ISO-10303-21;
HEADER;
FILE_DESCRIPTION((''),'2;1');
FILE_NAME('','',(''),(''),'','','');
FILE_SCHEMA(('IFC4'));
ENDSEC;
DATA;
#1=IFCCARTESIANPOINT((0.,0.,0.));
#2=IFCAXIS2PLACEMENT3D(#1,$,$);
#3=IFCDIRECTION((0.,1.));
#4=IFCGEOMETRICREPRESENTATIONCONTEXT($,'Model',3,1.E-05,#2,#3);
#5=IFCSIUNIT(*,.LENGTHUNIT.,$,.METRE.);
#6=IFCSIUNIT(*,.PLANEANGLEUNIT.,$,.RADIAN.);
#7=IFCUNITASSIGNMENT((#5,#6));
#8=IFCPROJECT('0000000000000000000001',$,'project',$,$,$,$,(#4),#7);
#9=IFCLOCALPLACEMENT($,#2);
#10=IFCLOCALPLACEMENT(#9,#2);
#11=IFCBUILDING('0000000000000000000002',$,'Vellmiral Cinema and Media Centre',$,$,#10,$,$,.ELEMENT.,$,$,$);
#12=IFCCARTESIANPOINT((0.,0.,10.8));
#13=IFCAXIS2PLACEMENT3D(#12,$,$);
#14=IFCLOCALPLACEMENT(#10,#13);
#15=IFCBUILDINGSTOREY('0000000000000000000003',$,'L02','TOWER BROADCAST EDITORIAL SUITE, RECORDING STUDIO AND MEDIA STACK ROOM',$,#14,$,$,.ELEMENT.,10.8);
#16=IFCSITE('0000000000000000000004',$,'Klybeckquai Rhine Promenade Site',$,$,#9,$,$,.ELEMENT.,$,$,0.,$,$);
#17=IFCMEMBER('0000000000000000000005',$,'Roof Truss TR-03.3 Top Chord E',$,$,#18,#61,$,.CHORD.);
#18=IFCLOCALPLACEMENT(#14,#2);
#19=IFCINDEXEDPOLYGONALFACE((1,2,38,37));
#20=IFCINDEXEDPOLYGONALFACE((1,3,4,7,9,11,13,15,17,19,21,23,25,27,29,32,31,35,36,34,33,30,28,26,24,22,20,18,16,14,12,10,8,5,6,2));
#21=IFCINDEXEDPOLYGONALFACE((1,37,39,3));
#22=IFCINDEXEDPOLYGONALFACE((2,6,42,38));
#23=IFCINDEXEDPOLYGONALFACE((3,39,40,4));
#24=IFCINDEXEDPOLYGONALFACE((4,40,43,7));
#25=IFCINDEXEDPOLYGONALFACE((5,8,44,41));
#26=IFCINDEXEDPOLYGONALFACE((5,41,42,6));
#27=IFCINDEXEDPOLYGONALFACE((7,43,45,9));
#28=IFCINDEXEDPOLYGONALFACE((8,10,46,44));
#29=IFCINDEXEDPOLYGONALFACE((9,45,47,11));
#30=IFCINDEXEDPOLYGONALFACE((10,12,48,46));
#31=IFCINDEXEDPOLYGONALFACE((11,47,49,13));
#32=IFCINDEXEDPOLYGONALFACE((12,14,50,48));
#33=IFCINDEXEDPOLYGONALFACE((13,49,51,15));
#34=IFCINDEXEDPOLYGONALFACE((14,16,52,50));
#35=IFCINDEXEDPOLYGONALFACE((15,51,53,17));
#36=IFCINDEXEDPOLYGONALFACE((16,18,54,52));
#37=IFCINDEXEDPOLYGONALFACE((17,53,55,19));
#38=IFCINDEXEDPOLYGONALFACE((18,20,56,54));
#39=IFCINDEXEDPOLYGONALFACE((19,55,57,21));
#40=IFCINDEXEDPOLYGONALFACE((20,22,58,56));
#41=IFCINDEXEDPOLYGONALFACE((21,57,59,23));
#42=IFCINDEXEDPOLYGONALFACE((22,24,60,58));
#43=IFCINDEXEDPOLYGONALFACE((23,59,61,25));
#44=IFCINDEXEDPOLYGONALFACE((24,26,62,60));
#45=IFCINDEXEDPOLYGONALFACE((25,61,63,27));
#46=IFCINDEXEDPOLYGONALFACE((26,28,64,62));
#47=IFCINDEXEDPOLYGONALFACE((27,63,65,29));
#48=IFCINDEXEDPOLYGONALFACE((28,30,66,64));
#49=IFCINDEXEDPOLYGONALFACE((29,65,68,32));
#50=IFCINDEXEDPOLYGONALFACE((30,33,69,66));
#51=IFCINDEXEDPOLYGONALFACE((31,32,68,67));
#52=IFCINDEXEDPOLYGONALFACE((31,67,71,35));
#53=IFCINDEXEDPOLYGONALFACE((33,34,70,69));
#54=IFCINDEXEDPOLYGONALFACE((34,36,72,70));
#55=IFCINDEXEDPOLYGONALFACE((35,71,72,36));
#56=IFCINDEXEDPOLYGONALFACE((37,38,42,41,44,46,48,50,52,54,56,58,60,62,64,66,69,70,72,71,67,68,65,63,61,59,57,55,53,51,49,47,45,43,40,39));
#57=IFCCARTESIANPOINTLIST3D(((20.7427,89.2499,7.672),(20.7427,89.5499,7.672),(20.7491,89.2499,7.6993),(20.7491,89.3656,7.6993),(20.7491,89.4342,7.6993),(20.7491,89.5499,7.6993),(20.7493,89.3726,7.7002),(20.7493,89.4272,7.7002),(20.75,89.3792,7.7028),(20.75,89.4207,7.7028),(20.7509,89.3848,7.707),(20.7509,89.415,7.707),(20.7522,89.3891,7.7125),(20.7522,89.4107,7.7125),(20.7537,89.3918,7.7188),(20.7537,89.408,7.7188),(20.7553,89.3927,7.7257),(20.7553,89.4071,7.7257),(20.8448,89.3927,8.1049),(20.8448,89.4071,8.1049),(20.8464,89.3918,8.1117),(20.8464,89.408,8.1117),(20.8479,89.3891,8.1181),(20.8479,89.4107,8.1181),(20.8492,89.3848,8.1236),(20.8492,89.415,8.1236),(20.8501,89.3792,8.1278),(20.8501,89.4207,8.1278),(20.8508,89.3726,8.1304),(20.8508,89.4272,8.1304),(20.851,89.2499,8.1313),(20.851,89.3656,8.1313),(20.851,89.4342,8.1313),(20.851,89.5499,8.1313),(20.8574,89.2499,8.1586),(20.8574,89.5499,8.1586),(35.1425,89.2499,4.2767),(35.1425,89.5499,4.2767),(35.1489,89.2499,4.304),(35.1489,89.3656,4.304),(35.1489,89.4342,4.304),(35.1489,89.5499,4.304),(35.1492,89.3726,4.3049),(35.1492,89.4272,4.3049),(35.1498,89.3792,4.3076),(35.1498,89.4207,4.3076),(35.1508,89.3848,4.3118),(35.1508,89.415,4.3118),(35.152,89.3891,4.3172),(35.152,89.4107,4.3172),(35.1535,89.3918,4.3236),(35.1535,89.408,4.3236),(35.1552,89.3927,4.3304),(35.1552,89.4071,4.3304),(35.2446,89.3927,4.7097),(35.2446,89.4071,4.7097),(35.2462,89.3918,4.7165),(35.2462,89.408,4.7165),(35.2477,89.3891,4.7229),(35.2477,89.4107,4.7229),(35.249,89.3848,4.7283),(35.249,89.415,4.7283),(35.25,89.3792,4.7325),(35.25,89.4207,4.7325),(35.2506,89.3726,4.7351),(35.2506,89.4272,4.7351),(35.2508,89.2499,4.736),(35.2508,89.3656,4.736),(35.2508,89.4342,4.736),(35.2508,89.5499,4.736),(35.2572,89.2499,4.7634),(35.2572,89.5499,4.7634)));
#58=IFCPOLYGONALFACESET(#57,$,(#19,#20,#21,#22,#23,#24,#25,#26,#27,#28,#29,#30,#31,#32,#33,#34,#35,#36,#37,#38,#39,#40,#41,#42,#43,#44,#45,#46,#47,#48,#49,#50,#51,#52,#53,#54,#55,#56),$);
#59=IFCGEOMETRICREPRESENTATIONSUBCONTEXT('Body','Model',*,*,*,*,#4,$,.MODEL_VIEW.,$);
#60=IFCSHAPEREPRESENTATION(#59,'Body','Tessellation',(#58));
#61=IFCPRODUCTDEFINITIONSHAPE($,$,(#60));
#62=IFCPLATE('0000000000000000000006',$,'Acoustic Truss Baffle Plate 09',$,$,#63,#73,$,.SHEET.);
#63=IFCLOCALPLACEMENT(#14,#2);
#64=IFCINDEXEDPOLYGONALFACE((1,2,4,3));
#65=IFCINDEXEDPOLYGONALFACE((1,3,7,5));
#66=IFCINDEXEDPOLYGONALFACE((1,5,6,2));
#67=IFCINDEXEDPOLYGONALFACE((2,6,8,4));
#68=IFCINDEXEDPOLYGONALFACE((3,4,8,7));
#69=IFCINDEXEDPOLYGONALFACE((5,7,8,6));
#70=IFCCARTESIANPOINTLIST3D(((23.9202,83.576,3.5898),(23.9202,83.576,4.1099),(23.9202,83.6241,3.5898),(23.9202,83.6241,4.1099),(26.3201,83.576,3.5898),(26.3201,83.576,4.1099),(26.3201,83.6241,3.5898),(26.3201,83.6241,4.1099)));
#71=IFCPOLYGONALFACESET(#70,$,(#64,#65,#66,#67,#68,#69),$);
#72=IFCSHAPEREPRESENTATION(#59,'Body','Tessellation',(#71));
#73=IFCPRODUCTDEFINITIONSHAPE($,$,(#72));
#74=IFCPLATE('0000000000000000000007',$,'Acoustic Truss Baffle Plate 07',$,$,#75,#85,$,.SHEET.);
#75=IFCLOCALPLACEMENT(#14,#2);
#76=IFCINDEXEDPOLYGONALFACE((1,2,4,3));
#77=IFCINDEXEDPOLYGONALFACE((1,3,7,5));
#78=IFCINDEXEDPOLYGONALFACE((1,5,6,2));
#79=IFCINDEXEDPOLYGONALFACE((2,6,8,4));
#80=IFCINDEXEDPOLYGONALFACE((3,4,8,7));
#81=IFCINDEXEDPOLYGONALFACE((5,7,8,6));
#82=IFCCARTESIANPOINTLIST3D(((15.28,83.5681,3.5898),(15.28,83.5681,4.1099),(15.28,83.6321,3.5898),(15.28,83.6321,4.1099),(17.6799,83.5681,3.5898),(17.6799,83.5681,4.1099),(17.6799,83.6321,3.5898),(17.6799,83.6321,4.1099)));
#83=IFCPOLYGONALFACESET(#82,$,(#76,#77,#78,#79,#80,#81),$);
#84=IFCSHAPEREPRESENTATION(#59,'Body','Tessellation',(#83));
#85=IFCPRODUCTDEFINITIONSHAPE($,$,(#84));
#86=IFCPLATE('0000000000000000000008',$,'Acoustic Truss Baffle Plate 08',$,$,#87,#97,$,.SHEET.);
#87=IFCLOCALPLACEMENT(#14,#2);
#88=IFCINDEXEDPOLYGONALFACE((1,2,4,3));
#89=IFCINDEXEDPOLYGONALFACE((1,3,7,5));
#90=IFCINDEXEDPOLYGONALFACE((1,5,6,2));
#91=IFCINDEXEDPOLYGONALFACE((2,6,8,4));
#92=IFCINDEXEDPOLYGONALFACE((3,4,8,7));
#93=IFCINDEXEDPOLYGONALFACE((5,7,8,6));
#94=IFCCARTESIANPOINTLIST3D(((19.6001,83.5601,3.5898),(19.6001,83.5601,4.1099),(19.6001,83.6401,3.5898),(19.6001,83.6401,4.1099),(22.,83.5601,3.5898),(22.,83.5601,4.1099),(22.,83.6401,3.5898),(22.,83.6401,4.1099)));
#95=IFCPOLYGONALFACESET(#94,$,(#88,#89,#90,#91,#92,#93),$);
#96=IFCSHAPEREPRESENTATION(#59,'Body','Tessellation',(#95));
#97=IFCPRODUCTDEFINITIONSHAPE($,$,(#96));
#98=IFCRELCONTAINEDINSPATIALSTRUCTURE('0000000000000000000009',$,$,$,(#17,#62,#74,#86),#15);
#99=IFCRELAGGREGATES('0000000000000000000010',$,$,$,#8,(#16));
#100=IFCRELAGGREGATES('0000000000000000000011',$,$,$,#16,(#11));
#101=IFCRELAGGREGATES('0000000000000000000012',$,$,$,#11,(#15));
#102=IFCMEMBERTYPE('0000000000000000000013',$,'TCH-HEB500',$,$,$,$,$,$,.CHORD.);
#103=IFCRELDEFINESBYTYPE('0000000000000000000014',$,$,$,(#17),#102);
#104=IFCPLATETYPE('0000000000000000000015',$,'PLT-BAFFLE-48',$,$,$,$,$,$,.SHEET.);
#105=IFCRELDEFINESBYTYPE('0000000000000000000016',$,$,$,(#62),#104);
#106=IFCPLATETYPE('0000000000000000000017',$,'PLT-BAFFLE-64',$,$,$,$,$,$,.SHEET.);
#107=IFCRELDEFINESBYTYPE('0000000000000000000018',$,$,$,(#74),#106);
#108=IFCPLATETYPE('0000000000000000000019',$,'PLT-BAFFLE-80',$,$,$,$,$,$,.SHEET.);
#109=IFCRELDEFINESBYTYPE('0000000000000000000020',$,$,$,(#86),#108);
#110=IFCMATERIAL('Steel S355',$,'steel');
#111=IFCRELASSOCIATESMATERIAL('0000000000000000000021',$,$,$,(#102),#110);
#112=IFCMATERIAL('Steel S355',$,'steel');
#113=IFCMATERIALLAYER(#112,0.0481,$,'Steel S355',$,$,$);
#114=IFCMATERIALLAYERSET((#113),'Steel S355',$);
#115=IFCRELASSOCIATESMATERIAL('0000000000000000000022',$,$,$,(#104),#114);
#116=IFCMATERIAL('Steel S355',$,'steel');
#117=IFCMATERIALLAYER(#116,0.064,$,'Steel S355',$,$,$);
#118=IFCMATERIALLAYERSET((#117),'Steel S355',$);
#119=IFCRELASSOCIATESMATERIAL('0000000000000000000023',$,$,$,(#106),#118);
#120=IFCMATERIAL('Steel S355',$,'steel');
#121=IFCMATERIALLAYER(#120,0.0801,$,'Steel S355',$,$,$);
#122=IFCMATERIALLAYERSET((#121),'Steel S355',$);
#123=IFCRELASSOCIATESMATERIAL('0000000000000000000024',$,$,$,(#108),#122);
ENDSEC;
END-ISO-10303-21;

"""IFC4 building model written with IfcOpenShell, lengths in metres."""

from ifc_helpers import new_model, si_unit, direction, frame, origin, origin_2d, place, context, subcontext, project, spatial, rectangle, i_section, extrude, material, layer, layer_set, material_profile, profile_set, type_object, element, save


model = new_model("IFC4")

# Units and contexts
model_context = context("Model", 3, precision=1e-05, world=origin(), true_north=direction((0.0, 1.0)))
body_context = subcontext(model_context, "Body", "Model", "MODEL_VIEW")
ifc_project = project(units=[si_unit("LENGTHUNIT", "METRE"), si_unit("PLANEANGLEUNIT", "RADIAN")], contexts=[model_context])

# Site, building, storey
site_placement = place(None, origin())
site = spatial("IfcSite", under=ifc_project, at=site_placement, Name="Klybeckquai Rhine Promenade Site", CompositionType="ELEMENT", RefElevation=0.0)
building_placement = place(site_placement, origin())
building = spatial("IfcBuilding", under=site, at=building_placement, Name="Vellmiral Cinema and Media Centre", CompositionType="ELEMENT")
storey_placement = place(building_placement, frame((0.0, 0.0, 10.8)))
storey = spatial("IfcBuildingStorey", under=building, at=storey_placement, Name="L02", Description="TOWER BROADCAST EDITORIAL SUITE, RECORDING STUDIO AND MEDIA STACK ROOM", CompositionType="ELEMENT", Elevation=10.8)

# Member
ifc_material_1 = material(Name="Steel S355", Category="steel")
ifc_material_profile_1 = material_profile(ifc_material_1, i_section(OverallWidth=0.3, OverallDepth=0.5, WebThickness=0.0144, FlangeThickness=0.0281, FilletRadius=0.0271, at=origin_2d()), Name="HEB 500")
ifc_profile_set_1 = profile_set([ifc_material_profile_1], Name="Steel S355")
member_type_1 = type_object("IfcMemberType", Name="TCH-HEB500", PredefinedType="CHORD", material=ifc_profile_set_1)
for number, where, z_axis, x_axis, name in (
    (1, (20.8, 89.3999, 7.9153), (0.973311, 0.0, -0.229491), (0.0, 1.0, 0.0), "Roof Truss TR-03.3 Top Chord E"),
):
    element("IfcMember", number, at=place(storey_placement, frame(where, z_axis=z_axis, x_axis=x_axis)), inside=storey, type_object=member_type_1, Name=name, PredefinedType="CHORD", context=body_context, shape_type="SweptSolid", body=[
        extrude(i_section(OverallWidth=0.3, OverallDepth=0.5, WebThickness=0.0144, FlangeThickness=0.0281, FilletRadius=0.0271, at=origin_2d()), origin(), (0.0, 0.0, 1.0), 14.7947),
    ])

# Plates
ifc_material_2 = material(Name="Steel S355", Category="steel")
ifc_layer_1 = layer(ifc_material_2, 0.0481, Name="Steel S355")
ifc_layer_set_1 = layer_set([ifc_layer_1], Name="Steel S355")
plate_type_1 = type_object("IfcPlateType", Name="PLT-BAFFLE-48", PredefinedType="SHEET", material=ifc_layer_set_1)
plate_1_placement = place(storey_placement, frame((25.1201, 83.6001, 3.5898), z_axis=(0.0, 0.0, 1.0), x_axis=(1.0, 0.0, 0.0)))
element("IfcPlate", 2, at=plate_1_placement, inside=storey, type_object=plate_type_1, Name="Acoustic Truss Baffle Plate 09", PredefinedType="SHEET", context=body_context, shape_type="SweptSolid", body=[
    extrude(rectangle(XDim=2.3999, YDim=0.0481, at=origin_2d()), origin(), (0.0, 0.0, 1.0), 0.52),
])
ifc_material_3 = material(Name="Steel S355", Category="steel")
ifc_layer_2 = layer(ifc_material_3, 0.064, Name="Steel S355")
ifc_layer_set_2 = layer_set([ifc_layer_2], Name="Steel S355")
plate_type_2 = type_object("IfcPlateType", Name="PLT-BAFFLE-64", PredefinedType="SHEET", material=ifc_layer_set_2)
plate_2_placement = place(storey_placement, frame((16.48, 83.6001, 3.5898), z_axis=(0.0, 0.0, 1.0), x_axis=(1.0, 0.0, 0.0)))
element("IfcPlate", 3, at=plate_2_placement, inside=storey, type_object=plate_type_2, Name="Acoustic Truss Baffle Plate 07", PredefinedType="SHEET", context=body_context, shape_type="SweptSolid", body=[
    extrude(rectangle(XDim=2.3999, YDim=0.064, at=origin_2d()), origin(), (0.0, 0.0, 1.0), 0.52),
])
ifc_material_4 = material(Name="Steel S355", Category="steel")
ifc_layer_3 = layer(ifc_material_4, 0.0801, Name="Steel S355")
ifc_layer_set_3 = layer_set([ifc_layer_3], Name="Steel S355")
plate_type_3 = type_object("IfcPlateType", Name="PLT-BAFFLE-80", PredefinedType="SHEET", material=ifc_layer_set_3)
plate_3_placement = place(storey_placement, frame((20.8, 83.6001, 3.5898), z_axis=(0.0, 0.0, 1.0), x_axis=(1.0, 0.0, 0.0)))
element("IfcPlate", 4, at=plate_3_placement, inside=storey, type_object=plate_type_3, Name="Acoustic Truss Baffle Plate 08", PredefinedType="SHEET", context=body_context, shape_type="SweptSolid", body=[
    extrude(rectangle(XDim=2.3999, YDim=0.0801, at=origin_2d()), origin(), (0.0, 0.0, 1.0), 0.52),
])

save(model, "model.ifc")
